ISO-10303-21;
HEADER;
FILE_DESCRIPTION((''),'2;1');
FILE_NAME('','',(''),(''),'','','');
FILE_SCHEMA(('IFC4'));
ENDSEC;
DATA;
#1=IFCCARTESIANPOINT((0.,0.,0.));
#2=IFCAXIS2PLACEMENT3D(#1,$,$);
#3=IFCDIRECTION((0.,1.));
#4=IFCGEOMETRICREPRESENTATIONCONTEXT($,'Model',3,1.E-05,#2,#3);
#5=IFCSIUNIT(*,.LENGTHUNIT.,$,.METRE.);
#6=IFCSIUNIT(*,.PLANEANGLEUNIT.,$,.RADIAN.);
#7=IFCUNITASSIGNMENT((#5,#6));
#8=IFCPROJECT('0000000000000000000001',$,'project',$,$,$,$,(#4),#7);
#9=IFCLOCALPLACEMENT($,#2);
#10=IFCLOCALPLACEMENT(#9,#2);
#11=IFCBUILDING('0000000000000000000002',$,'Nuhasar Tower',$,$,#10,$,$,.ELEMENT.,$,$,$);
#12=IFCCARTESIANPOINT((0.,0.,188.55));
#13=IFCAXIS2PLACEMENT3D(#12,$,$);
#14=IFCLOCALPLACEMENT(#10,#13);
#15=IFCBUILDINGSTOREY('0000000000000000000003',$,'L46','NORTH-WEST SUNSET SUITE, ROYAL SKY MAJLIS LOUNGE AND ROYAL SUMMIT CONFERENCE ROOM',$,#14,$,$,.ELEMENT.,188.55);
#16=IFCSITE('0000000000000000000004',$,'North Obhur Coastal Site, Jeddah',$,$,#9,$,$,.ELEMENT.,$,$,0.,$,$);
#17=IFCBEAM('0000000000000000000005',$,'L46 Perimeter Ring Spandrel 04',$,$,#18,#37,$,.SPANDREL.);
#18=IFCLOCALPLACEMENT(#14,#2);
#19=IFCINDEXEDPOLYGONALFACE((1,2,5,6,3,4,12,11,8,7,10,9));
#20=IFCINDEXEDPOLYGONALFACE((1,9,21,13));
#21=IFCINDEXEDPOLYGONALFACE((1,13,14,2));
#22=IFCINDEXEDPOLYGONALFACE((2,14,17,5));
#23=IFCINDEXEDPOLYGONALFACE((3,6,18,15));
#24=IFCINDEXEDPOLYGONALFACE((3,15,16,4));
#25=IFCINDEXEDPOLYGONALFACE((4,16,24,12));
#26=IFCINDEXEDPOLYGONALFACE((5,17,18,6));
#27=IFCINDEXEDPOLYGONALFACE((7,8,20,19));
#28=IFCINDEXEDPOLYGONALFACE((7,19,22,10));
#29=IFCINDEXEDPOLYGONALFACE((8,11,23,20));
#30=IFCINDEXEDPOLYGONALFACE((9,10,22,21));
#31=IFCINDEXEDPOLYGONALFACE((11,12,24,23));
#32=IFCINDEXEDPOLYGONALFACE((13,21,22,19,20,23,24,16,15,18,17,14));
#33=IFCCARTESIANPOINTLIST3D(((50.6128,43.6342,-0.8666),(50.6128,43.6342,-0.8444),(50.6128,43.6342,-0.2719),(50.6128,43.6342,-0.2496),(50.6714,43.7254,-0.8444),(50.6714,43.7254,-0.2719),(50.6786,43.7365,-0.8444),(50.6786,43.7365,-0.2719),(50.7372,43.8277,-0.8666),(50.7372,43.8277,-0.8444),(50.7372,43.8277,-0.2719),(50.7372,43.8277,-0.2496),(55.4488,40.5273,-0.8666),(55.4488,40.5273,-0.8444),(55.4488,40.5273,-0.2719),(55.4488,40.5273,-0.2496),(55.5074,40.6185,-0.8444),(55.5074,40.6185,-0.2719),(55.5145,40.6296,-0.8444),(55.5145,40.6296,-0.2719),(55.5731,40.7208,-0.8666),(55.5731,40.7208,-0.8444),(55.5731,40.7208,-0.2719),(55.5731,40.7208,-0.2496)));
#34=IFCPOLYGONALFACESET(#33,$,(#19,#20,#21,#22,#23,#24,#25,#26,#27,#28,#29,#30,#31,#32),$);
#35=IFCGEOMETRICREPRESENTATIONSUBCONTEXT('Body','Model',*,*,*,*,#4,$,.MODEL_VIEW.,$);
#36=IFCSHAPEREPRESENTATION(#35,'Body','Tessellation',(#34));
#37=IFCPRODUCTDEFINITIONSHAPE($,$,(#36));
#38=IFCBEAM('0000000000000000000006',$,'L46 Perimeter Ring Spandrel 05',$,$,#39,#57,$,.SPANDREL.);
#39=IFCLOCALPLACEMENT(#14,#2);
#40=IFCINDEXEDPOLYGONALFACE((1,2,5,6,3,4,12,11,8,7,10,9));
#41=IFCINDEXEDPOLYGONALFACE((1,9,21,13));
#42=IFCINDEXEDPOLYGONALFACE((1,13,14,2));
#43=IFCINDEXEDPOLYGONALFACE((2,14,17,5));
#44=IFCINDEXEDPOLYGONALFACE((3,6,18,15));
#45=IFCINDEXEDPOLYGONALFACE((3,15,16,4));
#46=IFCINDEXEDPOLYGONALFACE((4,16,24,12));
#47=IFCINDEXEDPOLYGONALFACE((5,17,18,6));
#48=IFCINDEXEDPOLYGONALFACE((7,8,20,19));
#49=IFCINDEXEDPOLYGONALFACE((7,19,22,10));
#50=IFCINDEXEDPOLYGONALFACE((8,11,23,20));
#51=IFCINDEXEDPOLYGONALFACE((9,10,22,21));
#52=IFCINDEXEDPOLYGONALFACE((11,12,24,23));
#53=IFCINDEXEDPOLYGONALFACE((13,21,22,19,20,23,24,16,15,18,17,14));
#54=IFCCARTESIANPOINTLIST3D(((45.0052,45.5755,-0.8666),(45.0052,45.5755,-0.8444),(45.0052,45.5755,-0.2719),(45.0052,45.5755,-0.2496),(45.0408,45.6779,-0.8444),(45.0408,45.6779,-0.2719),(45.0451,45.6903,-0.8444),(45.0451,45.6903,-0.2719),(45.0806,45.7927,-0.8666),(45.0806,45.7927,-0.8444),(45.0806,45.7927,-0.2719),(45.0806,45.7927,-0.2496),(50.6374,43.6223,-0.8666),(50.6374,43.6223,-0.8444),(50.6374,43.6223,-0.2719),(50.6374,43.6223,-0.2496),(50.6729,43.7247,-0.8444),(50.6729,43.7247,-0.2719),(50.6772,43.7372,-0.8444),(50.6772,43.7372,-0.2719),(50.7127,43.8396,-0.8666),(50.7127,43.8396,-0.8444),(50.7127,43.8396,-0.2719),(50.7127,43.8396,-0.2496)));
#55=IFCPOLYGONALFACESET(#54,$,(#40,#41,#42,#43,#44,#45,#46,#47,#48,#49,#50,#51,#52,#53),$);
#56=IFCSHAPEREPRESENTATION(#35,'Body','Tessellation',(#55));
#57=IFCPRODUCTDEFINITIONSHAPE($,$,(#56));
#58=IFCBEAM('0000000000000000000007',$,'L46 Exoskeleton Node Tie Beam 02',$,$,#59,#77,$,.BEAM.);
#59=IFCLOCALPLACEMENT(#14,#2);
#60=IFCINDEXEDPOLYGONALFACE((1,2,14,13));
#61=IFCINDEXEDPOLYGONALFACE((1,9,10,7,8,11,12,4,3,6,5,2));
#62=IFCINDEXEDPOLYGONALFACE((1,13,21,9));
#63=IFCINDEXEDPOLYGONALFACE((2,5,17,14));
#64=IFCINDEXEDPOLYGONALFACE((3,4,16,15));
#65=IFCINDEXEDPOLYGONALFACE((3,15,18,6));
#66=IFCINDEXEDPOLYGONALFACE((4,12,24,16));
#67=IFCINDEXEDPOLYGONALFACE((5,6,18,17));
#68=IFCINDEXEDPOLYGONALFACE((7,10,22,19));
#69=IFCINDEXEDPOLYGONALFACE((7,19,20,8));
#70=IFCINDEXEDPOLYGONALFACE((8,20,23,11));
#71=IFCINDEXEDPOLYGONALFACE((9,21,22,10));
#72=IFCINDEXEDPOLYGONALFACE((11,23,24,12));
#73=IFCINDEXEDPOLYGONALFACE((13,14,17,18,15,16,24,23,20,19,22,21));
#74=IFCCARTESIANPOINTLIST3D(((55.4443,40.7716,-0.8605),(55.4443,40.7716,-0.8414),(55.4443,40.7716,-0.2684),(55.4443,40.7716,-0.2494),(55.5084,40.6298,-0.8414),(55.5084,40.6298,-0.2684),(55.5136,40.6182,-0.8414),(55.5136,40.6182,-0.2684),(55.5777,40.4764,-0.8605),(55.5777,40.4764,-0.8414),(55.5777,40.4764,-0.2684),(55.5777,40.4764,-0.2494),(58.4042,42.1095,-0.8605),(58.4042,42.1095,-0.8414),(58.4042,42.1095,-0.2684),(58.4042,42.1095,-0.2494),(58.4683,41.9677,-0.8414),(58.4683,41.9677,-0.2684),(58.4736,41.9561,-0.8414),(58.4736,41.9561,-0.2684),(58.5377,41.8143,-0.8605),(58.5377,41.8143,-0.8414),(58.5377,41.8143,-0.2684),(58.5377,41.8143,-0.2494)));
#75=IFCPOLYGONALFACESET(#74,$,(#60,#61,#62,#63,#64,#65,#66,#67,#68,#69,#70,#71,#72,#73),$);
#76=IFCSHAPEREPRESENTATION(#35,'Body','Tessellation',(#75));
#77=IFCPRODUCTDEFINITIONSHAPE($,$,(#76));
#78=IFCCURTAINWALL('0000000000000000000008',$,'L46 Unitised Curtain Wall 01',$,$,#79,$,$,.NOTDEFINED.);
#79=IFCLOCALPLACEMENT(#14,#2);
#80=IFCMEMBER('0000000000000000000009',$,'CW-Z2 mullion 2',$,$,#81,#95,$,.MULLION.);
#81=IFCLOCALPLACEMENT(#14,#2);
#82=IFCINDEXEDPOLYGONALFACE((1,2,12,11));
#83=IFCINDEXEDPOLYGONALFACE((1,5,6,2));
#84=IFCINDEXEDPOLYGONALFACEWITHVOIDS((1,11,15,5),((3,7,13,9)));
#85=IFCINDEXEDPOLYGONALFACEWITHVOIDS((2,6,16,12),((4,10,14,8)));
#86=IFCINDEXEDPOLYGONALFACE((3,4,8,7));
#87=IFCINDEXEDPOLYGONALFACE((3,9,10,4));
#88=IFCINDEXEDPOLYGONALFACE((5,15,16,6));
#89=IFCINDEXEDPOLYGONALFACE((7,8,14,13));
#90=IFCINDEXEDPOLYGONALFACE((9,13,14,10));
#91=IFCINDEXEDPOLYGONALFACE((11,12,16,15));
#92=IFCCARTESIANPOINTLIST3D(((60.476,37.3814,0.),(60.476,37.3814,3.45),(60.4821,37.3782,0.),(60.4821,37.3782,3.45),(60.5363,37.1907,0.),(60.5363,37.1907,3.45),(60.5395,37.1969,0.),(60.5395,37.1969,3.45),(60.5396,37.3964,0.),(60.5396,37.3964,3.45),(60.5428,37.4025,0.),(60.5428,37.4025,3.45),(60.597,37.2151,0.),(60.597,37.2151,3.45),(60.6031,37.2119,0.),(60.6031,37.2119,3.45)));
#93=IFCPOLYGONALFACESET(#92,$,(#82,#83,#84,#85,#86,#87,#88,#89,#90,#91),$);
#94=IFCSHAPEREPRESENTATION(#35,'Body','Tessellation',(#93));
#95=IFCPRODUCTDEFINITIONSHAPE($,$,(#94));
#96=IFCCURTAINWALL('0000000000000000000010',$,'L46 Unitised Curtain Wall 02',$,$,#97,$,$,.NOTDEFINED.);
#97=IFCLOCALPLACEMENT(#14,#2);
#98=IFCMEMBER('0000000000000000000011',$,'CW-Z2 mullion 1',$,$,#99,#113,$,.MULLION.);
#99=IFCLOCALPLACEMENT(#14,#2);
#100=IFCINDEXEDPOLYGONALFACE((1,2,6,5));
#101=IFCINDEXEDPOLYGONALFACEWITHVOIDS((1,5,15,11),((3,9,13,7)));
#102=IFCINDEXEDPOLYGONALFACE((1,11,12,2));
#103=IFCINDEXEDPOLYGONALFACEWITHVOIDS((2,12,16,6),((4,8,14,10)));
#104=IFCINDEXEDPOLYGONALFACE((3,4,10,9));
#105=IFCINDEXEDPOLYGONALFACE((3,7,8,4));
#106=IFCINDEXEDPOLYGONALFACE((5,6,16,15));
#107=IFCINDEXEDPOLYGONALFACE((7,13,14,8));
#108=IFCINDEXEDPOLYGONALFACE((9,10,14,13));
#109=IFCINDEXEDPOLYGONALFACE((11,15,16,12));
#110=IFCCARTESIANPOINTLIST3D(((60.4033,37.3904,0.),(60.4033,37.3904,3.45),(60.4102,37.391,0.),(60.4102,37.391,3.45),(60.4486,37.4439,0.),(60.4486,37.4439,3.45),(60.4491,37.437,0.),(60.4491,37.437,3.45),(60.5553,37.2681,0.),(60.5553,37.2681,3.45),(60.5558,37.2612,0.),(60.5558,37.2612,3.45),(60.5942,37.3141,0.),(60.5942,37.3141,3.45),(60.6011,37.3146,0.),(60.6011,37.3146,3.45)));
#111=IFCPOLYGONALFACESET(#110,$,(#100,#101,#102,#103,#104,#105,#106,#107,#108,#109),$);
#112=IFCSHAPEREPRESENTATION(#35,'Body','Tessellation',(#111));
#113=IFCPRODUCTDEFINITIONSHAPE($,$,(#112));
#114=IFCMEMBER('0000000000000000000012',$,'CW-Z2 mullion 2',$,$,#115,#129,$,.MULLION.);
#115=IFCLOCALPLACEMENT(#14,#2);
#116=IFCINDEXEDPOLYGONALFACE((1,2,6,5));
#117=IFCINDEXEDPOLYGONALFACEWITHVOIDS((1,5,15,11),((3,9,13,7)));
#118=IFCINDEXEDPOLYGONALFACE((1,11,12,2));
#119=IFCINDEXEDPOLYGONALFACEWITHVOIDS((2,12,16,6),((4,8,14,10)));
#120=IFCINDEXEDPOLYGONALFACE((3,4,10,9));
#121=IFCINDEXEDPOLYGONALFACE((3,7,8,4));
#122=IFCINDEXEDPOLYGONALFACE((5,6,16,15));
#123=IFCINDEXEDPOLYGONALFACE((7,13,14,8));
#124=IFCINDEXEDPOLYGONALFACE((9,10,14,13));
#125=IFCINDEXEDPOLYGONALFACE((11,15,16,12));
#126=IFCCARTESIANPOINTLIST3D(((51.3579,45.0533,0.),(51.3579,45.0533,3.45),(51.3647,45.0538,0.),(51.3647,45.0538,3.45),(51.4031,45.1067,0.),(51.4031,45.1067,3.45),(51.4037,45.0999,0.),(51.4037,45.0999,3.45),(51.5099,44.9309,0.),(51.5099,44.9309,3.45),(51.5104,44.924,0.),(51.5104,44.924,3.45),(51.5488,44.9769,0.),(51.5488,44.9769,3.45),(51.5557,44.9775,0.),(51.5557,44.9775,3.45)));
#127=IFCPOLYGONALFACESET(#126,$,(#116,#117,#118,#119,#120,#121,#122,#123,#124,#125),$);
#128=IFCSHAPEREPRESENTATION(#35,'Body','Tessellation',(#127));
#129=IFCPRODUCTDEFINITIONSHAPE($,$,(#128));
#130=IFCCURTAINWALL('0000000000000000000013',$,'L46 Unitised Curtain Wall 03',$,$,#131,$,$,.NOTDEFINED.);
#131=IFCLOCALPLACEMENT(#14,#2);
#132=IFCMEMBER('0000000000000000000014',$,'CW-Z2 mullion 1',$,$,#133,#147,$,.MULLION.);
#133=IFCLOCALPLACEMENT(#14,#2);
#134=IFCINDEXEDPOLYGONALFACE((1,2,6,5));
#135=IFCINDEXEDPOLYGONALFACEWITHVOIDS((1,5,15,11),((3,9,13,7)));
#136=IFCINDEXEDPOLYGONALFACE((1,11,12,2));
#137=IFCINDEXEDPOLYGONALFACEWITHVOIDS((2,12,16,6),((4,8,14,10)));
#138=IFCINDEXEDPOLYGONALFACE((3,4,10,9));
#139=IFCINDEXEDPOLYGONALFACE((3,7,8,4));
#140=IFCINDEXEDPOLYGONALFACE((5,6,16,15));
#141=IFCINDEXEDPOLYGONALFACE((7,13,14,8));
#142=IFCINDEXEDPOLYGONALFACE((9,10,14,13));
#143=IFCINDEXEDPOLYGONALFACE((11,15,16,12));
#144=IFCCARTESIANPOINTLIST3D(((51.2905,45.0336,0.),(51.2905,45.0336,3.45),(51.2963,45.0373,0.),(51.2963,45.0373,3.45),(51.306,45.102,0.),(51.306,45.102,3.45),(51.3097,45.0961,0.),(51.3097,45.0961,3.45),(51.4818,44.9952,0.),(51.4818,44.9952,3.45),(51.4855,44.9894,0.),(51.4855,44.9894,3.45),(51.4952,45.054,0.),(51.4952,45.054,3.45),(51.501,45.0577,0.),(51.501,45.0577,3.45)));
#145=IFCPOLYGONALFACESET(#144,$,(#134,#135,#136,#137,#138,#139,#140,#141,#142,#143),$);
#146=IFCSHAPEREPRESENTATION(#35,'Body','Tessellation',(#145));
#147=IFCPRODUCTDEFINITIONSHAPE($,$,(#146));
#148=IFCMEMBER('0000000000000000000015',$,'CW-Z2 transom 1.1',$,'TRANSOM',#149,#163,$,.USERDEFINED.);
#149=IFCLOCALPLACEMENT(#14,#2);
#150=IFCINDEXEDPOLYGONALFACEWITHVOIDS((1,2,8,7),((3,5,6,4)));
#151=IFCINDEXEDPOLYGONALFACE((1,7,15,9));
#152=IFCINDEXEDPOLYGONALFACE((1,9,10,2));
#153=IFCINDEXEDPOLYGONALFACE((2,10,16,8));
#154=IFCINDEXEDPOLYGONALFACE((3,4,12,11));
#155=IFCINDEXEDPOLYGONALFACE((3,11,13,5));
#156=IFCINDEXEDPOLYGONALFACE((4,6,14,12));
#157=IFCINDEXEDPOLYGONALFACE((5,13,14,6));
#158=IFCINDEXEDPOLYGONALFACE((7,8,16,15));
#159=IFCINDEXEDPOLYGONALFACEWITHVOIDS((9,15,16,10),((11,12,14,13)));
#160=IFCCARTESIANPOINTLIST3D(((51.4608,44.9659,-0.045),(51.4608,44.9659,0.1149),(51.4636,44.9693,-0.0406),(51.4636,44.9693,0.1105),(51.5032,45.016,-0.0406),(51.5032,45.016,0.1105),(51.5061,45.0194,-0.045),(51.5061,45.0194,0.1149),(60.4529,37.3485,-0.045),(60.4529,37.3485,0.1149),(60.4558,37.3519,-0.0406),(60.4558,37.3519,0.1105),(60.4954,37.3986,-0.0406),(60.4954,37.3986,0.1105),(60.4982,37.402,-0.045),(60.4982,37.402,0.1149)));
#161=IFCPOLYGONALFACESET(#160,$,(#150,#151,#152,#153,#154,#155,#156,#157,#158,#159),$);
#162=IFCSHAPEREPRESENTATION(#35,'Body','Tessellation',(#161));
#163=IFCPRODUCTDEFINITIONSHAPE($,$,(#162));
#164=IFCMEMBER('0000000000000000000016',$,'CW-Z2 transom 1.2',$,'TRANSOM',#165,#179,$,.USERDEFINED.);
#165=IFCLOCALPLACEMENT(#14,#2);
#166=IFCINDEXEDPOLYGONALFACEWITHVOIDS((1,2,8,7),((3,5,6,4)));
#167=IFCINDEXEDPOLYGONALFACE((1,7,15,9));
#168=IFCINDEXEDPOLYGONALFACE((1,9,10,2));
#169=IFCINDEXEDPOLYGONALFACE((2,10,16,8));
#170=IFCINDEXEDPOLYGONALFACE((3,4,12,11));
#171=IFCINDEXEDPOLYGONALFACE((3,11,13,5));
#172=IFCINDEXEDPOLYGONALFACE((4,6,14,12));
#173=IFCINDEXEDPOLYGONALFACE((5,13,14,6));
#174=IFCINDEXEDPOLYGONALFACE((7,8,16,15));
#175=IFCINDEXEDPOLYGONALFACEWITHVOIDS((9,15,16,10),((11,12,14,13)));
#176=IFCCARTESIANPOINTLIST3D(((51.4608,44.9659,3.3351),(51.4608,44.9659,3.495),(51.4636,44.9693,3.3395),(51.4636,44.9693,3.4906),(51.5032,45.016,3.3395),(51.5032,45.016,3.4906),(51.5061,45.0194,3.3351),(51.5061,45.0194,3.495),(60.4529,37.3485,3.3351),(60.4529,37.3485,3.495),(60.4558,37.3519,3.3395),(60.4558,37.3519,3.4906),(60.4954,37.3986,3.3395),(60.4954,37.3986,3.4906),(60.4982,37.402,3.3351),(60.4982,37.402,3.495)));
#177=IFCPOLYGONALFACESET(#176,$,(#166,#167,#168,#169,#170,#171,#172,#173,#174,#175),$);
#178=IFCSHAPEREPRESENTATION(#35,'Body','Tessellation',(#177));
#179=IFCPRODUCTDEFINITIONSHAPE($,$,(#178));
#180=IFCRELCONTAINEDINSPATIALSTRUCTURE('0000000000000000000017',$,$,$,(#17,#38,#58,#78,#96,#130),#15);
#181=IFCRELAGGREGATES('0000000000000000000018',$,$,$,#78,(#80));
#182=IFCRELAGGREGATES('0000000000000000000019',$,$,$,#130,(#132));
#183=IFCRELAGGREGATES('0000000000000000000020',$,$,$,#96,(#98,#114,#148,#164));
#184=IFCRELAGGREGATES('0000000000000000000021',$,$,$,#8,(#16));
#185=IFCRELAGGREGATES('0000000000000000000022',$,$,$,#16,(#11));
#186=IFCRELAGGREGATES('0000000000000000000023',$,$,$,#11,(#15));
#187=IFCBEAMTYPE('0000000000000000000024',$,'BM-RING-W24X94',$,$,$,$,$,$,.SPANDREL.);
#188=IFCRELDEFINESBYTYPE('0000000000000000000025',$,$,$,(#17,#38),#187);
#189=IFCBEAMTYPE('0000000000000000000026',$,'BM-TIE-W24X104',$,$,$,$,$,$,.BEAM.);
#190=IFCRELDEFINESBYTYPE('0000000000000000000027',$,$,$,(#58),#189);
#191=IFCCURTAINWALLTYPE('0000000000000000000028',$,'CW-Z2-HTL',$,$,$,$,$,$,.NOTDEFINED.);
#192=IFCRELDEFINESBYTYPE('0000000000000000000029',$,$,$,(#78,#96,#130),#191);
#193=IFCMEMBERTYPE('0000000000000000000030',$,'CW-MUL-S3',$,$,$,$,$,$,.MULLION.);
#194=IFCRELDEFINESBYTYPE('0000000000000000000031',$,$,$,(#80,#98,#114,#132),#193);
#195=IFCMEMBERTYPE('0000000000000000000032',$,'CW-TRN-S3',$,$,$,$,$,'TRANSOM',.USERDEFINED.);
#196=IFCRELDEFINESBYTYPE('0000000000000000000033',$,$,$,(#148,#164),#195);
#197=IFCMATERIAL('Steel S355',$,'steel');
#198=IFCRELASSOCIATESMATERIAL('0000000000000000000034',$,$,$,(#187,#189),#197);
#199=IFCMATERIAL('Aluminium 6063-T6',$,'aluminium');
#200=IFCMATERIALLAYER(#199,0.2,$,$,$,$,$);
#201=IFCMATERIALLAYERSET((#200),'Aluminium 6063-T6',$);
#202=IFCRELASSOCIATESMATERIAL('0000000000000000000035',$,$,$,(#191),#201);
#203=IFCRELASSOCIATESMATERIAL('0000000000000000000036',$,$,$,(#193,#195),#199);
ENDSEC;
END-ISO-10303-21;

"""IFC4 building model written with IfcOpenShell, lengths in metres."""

from ifc_helpers import new_model, si_unit, direction, frame, origin, origin_2d, place, context, subcontext, project, spatial, hollow_rectangle, i_section, extrude, material, layer, layer_set, material_profile, profile_set, type_object, element, aggregate, save


model = new_model("IFC4")

# Units and contexts
model_context = context("Model", 3, precision=1e-05, world=origin(), true_north=direction((0.0, 1.0)))
body_context = subcontext(model_context, "Body", "Model", "MODEL_VIEW")
ifc_project = project(units=[si_unit("LENGTHUNIT", "METRE"), si_unit("PLANEANGLEUNIT", "RADIAN")], contexts=[model_context])

# Site, building, storey
site_placement = place(None, origin())
site = spatial("IfcSite", under=ifc_project, at=site_placement, Name="North Obhur Coastal Site, Jeddah", CompositionType="ELEMENT", RefElevation=0.0)
building_placement = place(site_placement, origin())
building = spatial("IfcBuilding", under=site, at=building_placement, Name="Nuhasar Tower", CompositionType="ELEMENT")
storey_placement = place(building_placement, frame((0.0, 0.0, 188.55)))
storey = spatial("IfcBuildingStorey", under=building, at=storey_placement, Name="L46", Description="NORTH-WEST SUNSET SUITE, ROYAL SKY MAJLIS LOUNGE AND ROYAL SUMMIT CONFERENCE ROOM", CompositionType="ELEMENT", Elevation=188.55)

# Beams
ifc_material_1 = material(Name="Steel S355", Category="steel")
ifc_material_profile_1 = material_profile(ifc_material_1, i_section(OverallWidth=0.23, OverallDepth=0.6169, WebThickness=0.0132, FlangeThickness=0.0222, at=origin_2d()), Name="W24X94")
ifc_profile_set_1 = profile_set([ifc_material_profile_1], Name="Steel S355")
beam_type_1 = type_object("IfcBeamType", Name="BM-RING-W24X94", PredefinedType="SPANDREL", material=ifc_profile_set_1)
beam_1_placement = place(storey_placement, frame((55.511, 40.624, -0.5581), z_axis=(-0.841327, 0.540526, 0.0), x_axis=(-0.540526, -0.841327, 0.0)))
element("IfcBeam", 1, at=beam_1_placement, inside=storey, type_object=beam_type_1, Name="L46 Perimeter Ring Spandrel 04", PredefinedType="SPANDREL", context=body_context, shape_type="SweptSolid", body=[
    extrude(i_section(OverallWidth=0.23, OverallDepth=0.6169, WebThickness=0.0132, FlangeThickness=0.0222, at=origin_2d()), origin(), (0.0, 0.0, 1.0), 5.748),
])
beam_2_placement = place(storey_placement, frame((50.675, 43.731, -0.5581), z_axis=(-0.944801, 0.327644, 0.0), x_axis=(-0.327644, -0.944801, 0.0)))
element("IfcBeam", 2, at=beam_2_placement, inside=storey, type_object=beam_type_1, Name="L46 Perimeter Ring Spandrel 05", PredefinedType="SPANDREL", context=body_context, shape_type="SweptSolid", body=[
    extrude(i_section(OverallWidth=0.23, OverallDepth=0.6169, WebThickness=0.0132, FlangeThickness=0.0222, at=origin_2d()), origin(), (0.0, 0.0, 1.0), 5.9612),
])
ifc_material_profile_2 = material_profile(ifc_material_1, i_section(OverallWidth=0.324, OverallDepth=0.6111, WebThickness=0.0127, FlangeThickness=0.019, at=origin_2d()), Name="W24X104")
ifc_profile_set_2 = profile_set([ifc_material_profile_2], Name="Steel S355")
beam_type_2 = type_object("IfcBeamType", Name="BM-TIE-W24X104", PredefinedType="BEAM", material=ifc_profile_set_2)
beam_3_placement = place(storey_placement, frame((55.511, 40.624, -0.5549), z_axis=(0.91124, 0.411877, 0.0), x_axis=(-0.411877, 0.91124, 0.0)))
element("IfcBeam", 3, at=beam_3_placement, inside=storey, type_object=beam_type_2, Name="L46 Exoskeleton Node Tie Beam 02", PredefinedType="BEAM", context=body_context, shape_type="SweptSolid", body=[
    extrude(i_section(OverallWidth=0.324, OverallDepth=0.6111, WebThickness=0.0127, FlangeThickness=0.019, at=origin_2d()), origin(), (0.0, 0.0, 1.0), 3.2483),
])

# Curtain wall, member
ifc_material_2 = material(Name="Aluminium 6063-T6", Category="aluminium")
ifc_layer_1 = layer(ifc_material_2, 0.2)
ifc_layer_set_1 = layer_set([ifc_layer_1], Name="Aluminium 6063-T6")
curtain_wall_type = type_object("IfcCurtainWallType", Name="CW-Z2-HTL", PredefinedType="NOTDEFINED", material=ifc_layer_set_1)
curtain_wall_1_placement = place(storey_placement, origin())
curtain_wall_1 = element("IfcCurtainWall", 4, at=curtain_wall_1_placement, inside=storey, type_object=curtain_wall_type, Name="L46 Unitised Curtain Wall 01", PredefinedType="NOTDEFINED")
ifc_material_profile_3 = material_profile(ifc_material_2, hollow_rectangle(XDim=0.0701, YDim=0.2, WallThickness=0.0049, at=origin_2d()), Name="CWM-3")
ifc_profile_set_3 = profile_set([ifc_material_profile_3], Name="Aluminium 6063-T6")
member_type_1 = type_object("IfcMemberType", Name="CW-MUL-S3", PredefinedType="MULLION", material=ifc_profile_set_3)
member_1_placement = place(storey_placement, frame((60.5396, 37.2966, 0.0), z_axis=(0.0, 0.0, 1.0), x_axis=(-0.953433, -0.301604, 0.0)))
member_1 = element("IfcMember", 5, at=member_1_placement, type_object=member_type_1, Name="CW-Z2 mullion 2", PredefinedType="MULLION", context=body_context, shape_type="SweptSolid", body=[
    extrude(hollow_rectangle(XDim=0.0701, YDim=0.2, WallThickness=0.0049, at=origin_2d()), origin(), (0.0, 0.0, 1.0), 3.45),
])
aggregate(curtain_wall_1, [member_1])

# Curtain wall, members
curtain_wall_2_placement = place(storey_placement, origin())
curtain_wall_2 = element("IfcCurtainWall", 6, at=curtain_wall_2_placement, inside=storey, type_object=curtain_wall_type, Name="L46 Unitised Curtain Wall 02", PredefinedType="NOTDEFINED")
member_2_placement = place(storey_placement, frame((60.5022, 37.3525, 0.0), z_axis=(0.0, 0.0, 1.0), x_axis=(-0.646374, -0.76302, 0.0)))
member_2 = element("IfcMember", 7, at=member_2_placement, type_object=member_type_1, Name="CW-Z2 mullion 1", PredefinedType="MULLION", context=body_context, shape_type="SweptSolid", body=[
    extrude(hollow_rectangle(XDim=0.0701, YDim=0.2, WallThickness=0.0049, at=origin_2d()), origin(), (0.0, 0.0, 1.0), 3.45),
])
member_3_placement = place(storey_placement, frame((51.4568, 45.0154, 0.0), z_axis=(0.0, 0.0, 1.0), x_axis=(-0.646374, -0.76302, 0.0)))
member_3 = element("IfcMember", 8, at=member_3_placement, type_object=member_type_1, Name="CW-Z2 mullion 2", PredefinedType="MULLION", context=body_context, shape_type="SweptSolid", body=[
    extrude(hollow_rectangle(XDim=0.0701, YDim=0.2, WallThickness=0.0049, at=origin_2d()), origin(), (0.0, 0.0, 1.0), 3.45),
])

# Curtain wall, member
curtain_wall_3_placement = place(storey_placement, origin())
curtain_wall_3 = element("IfcCurtainWall", 9, at=curtain_wall_3_placement, inside=storey, type_object=curtain_wall_type, Name="L46 Unitised Curtain Wall 03", PredefinedType="NOTDEFINED")
member_4_placement = place(storey_placement, frame((51.3958, 45.0457, 0.0), z_axis=(0.0, 0.0, 1.0), x_axis=(-0.221397, -0.975184, 0.0)))
member_4 = element("IfcMember", 10, at=member_4_placement, type_object=member_type_1, Name="CW-Z2 mullion 1", PredefinedType="MULLION", context=body_context, shape_type="SweptSolid", body=[
    extrude(hollow_rectangle(XDim=0.0701, YDim=0.2, WallThickness=0.0049, at=origin_2d()), origin(), (0.0, 0.0, 1.0), 3.45),
])

# Members
ifc_material_profile_4 = material_profile(ifc_material_2, hollow_rectangle(XDim=0.0701, YDim=0.1599, WallThickness=0.0044, at=origin_2d()), Name="CWT-3")
ifc_profile_set_4 = profile_set([ifc_material_profile_4], Name="Aluminium 6063-T6")
member_type_2 = type_object("IfcMemberType", Name="CW-TRN-S3", ElementType="TRANSOM", PredefinedType="USERDEFINED", material=ifc_profile_set_4)
member_5_placement = place(storey_placement, frame((60.4756, 37.3752, 0.0349), z_axis=(-0.763024, 0.64637, 0.0), x_axis=(-0.64637, -0.763024, 0.0)))
member_5 = element("IfcMember", 11, at=member_5_placement, type_object=member_type_2, Name="CW-Z2 transom 1.1", ObjectType="TRANSOM", PredefinedType="USERDEFINED", context=body_context, shape_type="SweptSolid", body=[
    extrude(hollow_rectangle(XDim=0.0701, YDim=0.1599, WallThickness=0.0044, at=origin_2d()), origin(), (0.0, 0.0, 1.0), 11.7849),
])
member_6_placement = place(storey_placement, frame((60.4756, 37.3752, 3.415), z_axis=(-0.763024, 0.64637, 0.0), x_axis=(-0.64637, -0.763024, 0.0)))
member_6 = element("IfcMember", 12, at=member_6_placement, type_object=member_type_2, Name="CW-Z2 transom 1.2", ObjectType="TRANSOM", PredefinedType="USERDEFINED", context=body_context, shape_type="SweptSolid", body=[
    extrude(hollow_rectangle(XDim=0.0701, YDim=0.1599, WallThickness=0.0044, at=origin_2d()), origin(), (0.0, 0.0, 1.0), 11.7849),
])
aggregate(curtain_wall_3, [member_4])

aggregate(curtain_wall_2, [member_2, member_3, member_5, member_6])

save(model, "model.ifc")
